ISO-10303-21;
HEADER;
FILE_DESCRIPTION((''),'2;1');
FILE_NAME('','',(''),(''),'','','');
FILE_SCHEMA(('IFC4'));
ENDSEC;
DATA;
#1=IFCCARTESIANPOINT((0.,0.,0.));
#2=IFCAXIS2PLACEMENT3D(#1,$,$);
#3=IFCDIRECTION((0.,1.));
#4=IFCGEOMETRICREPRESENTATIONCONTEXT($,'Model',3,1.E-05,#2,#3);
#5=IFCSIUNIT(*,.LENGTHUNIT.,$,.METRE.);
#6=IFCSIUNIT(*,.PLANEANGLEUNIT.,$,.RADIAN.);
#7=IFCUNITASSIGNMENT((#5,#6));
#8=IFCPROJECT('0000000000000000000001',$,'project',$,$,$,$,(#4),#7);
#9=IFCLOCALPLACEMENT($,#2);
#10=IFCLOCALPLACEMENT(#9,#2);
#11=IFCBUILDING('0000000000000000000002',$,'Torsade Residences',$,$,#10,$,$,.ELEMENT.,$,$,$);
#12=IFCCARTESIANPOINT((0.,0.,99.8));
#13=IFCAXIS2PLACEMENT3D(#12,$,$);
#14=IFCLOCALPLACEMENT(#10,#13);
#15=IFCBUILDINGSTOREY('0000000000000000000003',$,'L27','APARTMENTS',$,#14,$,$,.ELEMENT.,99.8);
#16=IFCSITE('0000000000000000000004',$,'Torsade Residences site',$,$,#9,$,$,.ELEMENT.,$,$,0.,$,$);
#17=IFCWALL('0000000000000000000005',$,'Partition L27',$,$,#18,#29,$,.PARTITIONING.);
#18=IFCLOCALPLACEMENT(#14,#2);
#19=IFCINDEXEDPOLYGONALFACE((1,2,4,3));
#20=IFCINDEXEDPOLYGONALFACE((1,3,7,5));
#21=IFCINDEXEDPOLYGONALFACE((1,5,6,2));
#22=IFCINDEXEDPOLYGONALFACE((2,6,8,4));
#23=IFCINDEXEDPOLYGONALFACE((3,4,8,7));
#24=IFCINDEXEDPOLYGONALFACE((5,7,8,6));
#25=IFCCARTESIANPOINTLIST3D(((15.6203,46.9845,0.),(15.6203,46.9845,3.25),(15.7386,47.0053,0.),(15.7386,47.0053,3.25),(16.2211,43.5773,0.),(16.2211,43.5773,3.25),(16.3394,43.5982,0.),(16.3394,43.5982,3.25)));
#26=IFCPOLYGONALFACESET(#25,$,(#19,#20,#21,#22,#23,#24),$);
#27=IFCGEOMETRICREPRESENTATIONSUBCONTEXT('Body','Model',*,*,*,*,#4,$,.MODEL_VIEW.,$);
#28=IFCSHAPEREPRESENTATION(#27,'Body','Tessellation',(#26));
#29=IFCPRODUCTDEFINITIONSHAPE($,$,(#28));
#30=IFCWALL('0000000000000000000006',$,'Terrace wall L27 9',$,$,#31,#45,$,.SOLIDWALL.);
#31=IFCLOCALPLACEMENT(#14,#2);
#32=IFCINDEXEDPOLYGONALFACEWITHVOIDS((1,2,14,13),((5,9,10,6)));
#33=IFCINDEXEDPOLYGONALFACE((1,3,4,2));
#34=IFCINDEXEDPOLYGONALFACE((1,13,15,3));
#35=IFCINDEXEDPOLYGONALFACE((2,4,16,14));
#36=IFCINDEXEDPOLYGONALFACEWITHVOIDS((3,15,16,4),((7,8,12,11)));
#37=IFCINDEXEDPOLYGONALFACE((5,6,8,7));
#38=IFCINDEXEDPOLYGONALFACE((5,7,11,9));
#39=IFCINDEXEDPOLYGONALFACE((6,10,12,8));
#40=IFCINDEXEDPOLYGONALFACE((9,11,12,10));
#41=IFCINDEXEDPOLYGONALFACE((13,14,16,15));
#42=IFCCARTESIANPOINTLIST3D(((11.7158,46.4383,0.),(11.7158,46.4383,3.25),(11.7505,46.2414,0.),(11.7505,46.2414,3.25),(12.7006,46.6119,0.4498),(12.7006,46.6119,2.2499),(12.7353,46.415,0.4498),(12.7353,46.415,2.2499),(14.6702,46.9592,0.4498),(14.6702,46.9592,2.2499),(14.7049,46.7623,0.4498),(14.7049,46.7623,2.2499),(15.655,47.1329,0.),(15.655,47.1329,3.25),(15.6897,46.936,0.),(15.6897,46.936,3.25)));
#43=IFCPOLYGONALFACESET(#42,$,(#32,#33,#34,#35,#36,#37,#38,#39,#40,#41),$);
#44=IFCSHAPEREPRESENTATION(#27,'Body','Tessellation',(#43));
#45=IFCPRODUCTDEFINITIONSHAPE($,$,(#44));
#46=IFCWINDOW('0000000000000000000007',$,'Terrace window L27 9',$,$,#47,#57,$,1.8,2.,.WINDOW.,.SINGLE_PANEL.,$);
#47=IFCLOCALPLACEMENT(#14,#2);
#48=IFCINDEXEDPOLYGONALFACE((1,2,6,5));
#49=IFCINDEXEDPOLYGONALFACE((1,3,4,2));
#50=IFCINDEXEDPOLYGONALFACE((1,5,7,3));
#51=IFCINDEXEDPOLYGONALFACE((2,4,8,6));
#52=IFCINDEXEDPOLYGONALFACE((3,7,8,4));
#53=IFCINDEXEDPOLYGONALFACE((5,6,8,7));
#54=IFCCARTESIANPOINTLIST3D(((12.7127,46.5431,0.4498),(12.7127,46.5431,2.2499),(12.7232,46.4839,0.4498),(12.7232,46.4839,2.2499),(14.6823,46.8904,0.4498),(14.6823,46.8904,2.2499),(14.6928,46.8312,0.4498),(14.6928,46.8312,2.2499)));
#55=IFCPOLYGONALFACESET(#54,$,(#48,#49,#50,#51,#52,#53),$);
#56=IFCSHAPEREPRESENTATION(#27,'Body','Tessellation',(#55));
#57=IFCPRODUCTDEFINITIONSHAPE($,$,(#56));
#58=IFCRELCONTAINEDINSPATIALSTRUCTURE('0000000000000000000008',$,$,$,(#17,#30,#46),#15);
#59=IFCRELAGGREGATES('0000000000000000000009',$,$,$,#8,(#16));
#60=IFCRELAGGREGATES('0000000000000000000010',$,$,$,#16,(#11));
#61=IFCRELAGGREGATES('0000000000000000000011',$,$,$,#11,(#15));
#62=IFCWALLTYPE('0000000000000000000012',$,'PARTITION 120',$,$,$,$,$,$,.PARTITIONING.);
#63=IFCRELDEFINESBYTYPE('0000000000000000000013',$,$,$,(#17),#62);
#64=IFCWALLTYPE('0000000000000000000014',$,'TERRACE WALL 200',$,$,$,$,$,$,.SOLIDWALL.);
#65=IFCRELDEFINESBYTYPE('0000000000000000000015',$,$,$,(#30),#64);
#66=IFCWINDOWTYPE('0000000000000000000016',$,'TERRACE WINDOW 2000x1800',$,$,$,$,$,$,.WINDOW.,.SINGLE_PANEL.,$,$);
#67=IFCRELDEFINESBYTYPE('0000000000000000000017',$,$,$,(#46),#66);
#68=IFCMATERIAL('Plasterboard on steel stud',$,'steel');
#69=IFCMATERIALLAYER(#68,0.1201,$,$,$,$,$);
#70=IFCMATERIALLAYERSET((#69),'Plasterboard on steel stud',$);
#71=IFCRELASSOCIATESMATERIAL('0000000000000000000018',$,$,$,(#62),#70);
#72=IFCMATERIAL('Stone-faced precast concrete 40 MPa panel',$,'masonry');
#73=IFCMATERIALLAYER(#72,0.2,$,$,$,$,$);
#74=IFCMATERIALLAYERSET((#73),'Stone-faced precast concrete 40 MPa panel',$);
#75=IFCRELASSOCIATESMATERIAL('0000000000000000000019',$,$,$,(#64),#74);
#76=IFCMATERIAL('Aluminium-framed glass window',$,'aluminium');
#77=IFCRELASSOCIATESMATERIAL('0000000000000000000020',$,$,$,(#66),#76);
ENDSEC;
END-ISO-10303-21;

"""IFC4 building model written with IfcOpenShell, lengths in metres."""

from ifc_helpers import new_model, si_unit, direction, frame, frame_2d, origin, place, context, subcontext, project, spatial, rectangle, extrude, material, layer, layer_set, type_object, element, fill, save


model = new_model("IFC4")

# Units and contexts
model_context = context("Model", 3, precision=1e-05, world=origin(), true_north=direction((0.0, 1.0)))
body_context = subcontext(model_context, "Body", "Model", "MODEL_VIEW")
ifc_project = project(units=[si_unit("LENGTHUNIT", "METRE"), si_unit("PLANEANGLEUNIT", "RADIAN")], contexts=[model_context])

# Site, building, storey
site_placement = place(None, origin())
site = spatial("IfcSite", under=ifc_project, at=site_placement, Name="Torsade Residences site", CompositionType="ELEMENT", RefElevation=0.0)
building_placement = place(site_placement, origin())
building = spatial("IfcBuilding", under=site, at=building_placement, Name="Torsade Residences", CompositionType="ELEMENT")
storey_placement = place(building_placement, frame((0.0, 0.0, 99.8)))
storey = spatial("IfcBuildingStorey", under=building, at=storey_placement, Name="L27", Description="APARTMENTS", CompositionType="ELEMENT", Elevation=99.8)

# Shared definitions
ifc_material_1 = material(Name="Plasterboard on steel stud", Category="steel")
ifc_layer_1 = layer(ifc_material_1, 0.1201)
ifc_layer_set_1 = layer_set([ifc_layer_1], Name="Plasterboard on steel stud")
wall_type_1 = type_object("IfcWallType", Name="PARTITION 120", PredefinedType="PARTITIONING", material=ifc_layer_set_1)

# Wall
wall_1_placement = place(storey_placement, frame((16.2803, 43.5876, 0.0), z_axis=(0.0, 0.0, 1.0), x_axis=(-0.173661, 0.984806, 0.0)))
element("IfcWall", 1, at=wall_1_placement, inside=storey, type_object=wall_type_1, Name="Partition L27", PredefinedType="PARTITIONING", context=body_context, shape_type="SweptSolid", body=[
    extrude(rectangle(XDim=3.4597, YDim=0.1201, at=frame_2d((1.73, 0.0))), origin(), (0.0, 0.0, 1.0), 3.25),
])

# Wall, opening, window
ifc_material_2 = material(Name="Stone-faced precast concrete 40 MPa panel", Category="masonry")
ifc_layer_2 = layer(ifc_material_2, 0.2)
ifc_layer_set_2 = layer_set([ifc_layer_2], Name="Stone-faced precast concrete 40 MPa panel")
wall_type_2 = type_object("IfcWallType", Name="TERRACE WALL 200", PredefinedType="SOLIDWALL", material=ifc_layer_set_2)
wall_2_placement = place(storey_placement, frame((15.6724, 47.0344, 0.0), z_axis=(0.0, 0.0, 1.0), x_axis=(-0.984808, -0.173646, 0.0)))
wall_2 = element("IfcWall", 2, at=wall_2_placement, inside=storey, type_object=wall_type_2, Name="Terrace wall L27 9", PredefinedType="SOLIDWALL", context=body_context, shape_type="SweptSolid", body=[
    extrude(rectangle(XDim=4.0, YDim=0.2, at=frame_2d((2.0, 0.0))), origin(), (0.0, 0.0, 1.0), 3.25),
])
opening_1_placement = place(wall_2_placement, frame((1.0, 0.0, 0.45)))
opening_1 = element("IfcOpeningElement", 3, at=opening_1_placement, cuts=wall_2, PredefinedType="OPENING", context=body_context, shape_type="SweptSolid", body=[
    extrude(rectangle(XDim=2.0, YDim=1.8, at=frame_2d((1.0, 0.8999))), frame((0.0, 0.1099, 0.0), z_axis=(0.0, -1.0, 0.0), x_axis=(1.0, 0.0, 0.0)), (0.0, 0.0, 1.0), 0.22),
])
ifc_material_3 = material(Name="Aluminium-framed glass window", Category="aluminium")
window_type = type_object("IfcWindowType", Name="TERRACE WINDOW 2000x1800", PartitioningType="SINGLE_PANEL", PredefinedType="WINDOW", material=ifc_material_3)
window_placement = place(opening_1_placement, origin())
window = element("IfcWindow", 4, at=window_placement, inside=storey, type_object=window_type, Name="Terrace window L27 9", OverallHeight=1.8, OverallWidth=2.0, PartitioningType="SINGLE_PANEL", PredefinedType="WINDOW", context=body_context, shape_type="SweptSolid", body=[
    extrude(rectangle(XDim=2.0, YDim=1.8, at=frame_2d((1.0, 0.8999))), frame((0.0, 0.03, 0.0), z_axis=(0.0, -1.0, 0.0), x_axis=(1.0, 0.0, 0.0)), (0.0, 0.0, 1.0), 0.0601),
])
fill(opening_1, window)

save(model, "model.ifc")
